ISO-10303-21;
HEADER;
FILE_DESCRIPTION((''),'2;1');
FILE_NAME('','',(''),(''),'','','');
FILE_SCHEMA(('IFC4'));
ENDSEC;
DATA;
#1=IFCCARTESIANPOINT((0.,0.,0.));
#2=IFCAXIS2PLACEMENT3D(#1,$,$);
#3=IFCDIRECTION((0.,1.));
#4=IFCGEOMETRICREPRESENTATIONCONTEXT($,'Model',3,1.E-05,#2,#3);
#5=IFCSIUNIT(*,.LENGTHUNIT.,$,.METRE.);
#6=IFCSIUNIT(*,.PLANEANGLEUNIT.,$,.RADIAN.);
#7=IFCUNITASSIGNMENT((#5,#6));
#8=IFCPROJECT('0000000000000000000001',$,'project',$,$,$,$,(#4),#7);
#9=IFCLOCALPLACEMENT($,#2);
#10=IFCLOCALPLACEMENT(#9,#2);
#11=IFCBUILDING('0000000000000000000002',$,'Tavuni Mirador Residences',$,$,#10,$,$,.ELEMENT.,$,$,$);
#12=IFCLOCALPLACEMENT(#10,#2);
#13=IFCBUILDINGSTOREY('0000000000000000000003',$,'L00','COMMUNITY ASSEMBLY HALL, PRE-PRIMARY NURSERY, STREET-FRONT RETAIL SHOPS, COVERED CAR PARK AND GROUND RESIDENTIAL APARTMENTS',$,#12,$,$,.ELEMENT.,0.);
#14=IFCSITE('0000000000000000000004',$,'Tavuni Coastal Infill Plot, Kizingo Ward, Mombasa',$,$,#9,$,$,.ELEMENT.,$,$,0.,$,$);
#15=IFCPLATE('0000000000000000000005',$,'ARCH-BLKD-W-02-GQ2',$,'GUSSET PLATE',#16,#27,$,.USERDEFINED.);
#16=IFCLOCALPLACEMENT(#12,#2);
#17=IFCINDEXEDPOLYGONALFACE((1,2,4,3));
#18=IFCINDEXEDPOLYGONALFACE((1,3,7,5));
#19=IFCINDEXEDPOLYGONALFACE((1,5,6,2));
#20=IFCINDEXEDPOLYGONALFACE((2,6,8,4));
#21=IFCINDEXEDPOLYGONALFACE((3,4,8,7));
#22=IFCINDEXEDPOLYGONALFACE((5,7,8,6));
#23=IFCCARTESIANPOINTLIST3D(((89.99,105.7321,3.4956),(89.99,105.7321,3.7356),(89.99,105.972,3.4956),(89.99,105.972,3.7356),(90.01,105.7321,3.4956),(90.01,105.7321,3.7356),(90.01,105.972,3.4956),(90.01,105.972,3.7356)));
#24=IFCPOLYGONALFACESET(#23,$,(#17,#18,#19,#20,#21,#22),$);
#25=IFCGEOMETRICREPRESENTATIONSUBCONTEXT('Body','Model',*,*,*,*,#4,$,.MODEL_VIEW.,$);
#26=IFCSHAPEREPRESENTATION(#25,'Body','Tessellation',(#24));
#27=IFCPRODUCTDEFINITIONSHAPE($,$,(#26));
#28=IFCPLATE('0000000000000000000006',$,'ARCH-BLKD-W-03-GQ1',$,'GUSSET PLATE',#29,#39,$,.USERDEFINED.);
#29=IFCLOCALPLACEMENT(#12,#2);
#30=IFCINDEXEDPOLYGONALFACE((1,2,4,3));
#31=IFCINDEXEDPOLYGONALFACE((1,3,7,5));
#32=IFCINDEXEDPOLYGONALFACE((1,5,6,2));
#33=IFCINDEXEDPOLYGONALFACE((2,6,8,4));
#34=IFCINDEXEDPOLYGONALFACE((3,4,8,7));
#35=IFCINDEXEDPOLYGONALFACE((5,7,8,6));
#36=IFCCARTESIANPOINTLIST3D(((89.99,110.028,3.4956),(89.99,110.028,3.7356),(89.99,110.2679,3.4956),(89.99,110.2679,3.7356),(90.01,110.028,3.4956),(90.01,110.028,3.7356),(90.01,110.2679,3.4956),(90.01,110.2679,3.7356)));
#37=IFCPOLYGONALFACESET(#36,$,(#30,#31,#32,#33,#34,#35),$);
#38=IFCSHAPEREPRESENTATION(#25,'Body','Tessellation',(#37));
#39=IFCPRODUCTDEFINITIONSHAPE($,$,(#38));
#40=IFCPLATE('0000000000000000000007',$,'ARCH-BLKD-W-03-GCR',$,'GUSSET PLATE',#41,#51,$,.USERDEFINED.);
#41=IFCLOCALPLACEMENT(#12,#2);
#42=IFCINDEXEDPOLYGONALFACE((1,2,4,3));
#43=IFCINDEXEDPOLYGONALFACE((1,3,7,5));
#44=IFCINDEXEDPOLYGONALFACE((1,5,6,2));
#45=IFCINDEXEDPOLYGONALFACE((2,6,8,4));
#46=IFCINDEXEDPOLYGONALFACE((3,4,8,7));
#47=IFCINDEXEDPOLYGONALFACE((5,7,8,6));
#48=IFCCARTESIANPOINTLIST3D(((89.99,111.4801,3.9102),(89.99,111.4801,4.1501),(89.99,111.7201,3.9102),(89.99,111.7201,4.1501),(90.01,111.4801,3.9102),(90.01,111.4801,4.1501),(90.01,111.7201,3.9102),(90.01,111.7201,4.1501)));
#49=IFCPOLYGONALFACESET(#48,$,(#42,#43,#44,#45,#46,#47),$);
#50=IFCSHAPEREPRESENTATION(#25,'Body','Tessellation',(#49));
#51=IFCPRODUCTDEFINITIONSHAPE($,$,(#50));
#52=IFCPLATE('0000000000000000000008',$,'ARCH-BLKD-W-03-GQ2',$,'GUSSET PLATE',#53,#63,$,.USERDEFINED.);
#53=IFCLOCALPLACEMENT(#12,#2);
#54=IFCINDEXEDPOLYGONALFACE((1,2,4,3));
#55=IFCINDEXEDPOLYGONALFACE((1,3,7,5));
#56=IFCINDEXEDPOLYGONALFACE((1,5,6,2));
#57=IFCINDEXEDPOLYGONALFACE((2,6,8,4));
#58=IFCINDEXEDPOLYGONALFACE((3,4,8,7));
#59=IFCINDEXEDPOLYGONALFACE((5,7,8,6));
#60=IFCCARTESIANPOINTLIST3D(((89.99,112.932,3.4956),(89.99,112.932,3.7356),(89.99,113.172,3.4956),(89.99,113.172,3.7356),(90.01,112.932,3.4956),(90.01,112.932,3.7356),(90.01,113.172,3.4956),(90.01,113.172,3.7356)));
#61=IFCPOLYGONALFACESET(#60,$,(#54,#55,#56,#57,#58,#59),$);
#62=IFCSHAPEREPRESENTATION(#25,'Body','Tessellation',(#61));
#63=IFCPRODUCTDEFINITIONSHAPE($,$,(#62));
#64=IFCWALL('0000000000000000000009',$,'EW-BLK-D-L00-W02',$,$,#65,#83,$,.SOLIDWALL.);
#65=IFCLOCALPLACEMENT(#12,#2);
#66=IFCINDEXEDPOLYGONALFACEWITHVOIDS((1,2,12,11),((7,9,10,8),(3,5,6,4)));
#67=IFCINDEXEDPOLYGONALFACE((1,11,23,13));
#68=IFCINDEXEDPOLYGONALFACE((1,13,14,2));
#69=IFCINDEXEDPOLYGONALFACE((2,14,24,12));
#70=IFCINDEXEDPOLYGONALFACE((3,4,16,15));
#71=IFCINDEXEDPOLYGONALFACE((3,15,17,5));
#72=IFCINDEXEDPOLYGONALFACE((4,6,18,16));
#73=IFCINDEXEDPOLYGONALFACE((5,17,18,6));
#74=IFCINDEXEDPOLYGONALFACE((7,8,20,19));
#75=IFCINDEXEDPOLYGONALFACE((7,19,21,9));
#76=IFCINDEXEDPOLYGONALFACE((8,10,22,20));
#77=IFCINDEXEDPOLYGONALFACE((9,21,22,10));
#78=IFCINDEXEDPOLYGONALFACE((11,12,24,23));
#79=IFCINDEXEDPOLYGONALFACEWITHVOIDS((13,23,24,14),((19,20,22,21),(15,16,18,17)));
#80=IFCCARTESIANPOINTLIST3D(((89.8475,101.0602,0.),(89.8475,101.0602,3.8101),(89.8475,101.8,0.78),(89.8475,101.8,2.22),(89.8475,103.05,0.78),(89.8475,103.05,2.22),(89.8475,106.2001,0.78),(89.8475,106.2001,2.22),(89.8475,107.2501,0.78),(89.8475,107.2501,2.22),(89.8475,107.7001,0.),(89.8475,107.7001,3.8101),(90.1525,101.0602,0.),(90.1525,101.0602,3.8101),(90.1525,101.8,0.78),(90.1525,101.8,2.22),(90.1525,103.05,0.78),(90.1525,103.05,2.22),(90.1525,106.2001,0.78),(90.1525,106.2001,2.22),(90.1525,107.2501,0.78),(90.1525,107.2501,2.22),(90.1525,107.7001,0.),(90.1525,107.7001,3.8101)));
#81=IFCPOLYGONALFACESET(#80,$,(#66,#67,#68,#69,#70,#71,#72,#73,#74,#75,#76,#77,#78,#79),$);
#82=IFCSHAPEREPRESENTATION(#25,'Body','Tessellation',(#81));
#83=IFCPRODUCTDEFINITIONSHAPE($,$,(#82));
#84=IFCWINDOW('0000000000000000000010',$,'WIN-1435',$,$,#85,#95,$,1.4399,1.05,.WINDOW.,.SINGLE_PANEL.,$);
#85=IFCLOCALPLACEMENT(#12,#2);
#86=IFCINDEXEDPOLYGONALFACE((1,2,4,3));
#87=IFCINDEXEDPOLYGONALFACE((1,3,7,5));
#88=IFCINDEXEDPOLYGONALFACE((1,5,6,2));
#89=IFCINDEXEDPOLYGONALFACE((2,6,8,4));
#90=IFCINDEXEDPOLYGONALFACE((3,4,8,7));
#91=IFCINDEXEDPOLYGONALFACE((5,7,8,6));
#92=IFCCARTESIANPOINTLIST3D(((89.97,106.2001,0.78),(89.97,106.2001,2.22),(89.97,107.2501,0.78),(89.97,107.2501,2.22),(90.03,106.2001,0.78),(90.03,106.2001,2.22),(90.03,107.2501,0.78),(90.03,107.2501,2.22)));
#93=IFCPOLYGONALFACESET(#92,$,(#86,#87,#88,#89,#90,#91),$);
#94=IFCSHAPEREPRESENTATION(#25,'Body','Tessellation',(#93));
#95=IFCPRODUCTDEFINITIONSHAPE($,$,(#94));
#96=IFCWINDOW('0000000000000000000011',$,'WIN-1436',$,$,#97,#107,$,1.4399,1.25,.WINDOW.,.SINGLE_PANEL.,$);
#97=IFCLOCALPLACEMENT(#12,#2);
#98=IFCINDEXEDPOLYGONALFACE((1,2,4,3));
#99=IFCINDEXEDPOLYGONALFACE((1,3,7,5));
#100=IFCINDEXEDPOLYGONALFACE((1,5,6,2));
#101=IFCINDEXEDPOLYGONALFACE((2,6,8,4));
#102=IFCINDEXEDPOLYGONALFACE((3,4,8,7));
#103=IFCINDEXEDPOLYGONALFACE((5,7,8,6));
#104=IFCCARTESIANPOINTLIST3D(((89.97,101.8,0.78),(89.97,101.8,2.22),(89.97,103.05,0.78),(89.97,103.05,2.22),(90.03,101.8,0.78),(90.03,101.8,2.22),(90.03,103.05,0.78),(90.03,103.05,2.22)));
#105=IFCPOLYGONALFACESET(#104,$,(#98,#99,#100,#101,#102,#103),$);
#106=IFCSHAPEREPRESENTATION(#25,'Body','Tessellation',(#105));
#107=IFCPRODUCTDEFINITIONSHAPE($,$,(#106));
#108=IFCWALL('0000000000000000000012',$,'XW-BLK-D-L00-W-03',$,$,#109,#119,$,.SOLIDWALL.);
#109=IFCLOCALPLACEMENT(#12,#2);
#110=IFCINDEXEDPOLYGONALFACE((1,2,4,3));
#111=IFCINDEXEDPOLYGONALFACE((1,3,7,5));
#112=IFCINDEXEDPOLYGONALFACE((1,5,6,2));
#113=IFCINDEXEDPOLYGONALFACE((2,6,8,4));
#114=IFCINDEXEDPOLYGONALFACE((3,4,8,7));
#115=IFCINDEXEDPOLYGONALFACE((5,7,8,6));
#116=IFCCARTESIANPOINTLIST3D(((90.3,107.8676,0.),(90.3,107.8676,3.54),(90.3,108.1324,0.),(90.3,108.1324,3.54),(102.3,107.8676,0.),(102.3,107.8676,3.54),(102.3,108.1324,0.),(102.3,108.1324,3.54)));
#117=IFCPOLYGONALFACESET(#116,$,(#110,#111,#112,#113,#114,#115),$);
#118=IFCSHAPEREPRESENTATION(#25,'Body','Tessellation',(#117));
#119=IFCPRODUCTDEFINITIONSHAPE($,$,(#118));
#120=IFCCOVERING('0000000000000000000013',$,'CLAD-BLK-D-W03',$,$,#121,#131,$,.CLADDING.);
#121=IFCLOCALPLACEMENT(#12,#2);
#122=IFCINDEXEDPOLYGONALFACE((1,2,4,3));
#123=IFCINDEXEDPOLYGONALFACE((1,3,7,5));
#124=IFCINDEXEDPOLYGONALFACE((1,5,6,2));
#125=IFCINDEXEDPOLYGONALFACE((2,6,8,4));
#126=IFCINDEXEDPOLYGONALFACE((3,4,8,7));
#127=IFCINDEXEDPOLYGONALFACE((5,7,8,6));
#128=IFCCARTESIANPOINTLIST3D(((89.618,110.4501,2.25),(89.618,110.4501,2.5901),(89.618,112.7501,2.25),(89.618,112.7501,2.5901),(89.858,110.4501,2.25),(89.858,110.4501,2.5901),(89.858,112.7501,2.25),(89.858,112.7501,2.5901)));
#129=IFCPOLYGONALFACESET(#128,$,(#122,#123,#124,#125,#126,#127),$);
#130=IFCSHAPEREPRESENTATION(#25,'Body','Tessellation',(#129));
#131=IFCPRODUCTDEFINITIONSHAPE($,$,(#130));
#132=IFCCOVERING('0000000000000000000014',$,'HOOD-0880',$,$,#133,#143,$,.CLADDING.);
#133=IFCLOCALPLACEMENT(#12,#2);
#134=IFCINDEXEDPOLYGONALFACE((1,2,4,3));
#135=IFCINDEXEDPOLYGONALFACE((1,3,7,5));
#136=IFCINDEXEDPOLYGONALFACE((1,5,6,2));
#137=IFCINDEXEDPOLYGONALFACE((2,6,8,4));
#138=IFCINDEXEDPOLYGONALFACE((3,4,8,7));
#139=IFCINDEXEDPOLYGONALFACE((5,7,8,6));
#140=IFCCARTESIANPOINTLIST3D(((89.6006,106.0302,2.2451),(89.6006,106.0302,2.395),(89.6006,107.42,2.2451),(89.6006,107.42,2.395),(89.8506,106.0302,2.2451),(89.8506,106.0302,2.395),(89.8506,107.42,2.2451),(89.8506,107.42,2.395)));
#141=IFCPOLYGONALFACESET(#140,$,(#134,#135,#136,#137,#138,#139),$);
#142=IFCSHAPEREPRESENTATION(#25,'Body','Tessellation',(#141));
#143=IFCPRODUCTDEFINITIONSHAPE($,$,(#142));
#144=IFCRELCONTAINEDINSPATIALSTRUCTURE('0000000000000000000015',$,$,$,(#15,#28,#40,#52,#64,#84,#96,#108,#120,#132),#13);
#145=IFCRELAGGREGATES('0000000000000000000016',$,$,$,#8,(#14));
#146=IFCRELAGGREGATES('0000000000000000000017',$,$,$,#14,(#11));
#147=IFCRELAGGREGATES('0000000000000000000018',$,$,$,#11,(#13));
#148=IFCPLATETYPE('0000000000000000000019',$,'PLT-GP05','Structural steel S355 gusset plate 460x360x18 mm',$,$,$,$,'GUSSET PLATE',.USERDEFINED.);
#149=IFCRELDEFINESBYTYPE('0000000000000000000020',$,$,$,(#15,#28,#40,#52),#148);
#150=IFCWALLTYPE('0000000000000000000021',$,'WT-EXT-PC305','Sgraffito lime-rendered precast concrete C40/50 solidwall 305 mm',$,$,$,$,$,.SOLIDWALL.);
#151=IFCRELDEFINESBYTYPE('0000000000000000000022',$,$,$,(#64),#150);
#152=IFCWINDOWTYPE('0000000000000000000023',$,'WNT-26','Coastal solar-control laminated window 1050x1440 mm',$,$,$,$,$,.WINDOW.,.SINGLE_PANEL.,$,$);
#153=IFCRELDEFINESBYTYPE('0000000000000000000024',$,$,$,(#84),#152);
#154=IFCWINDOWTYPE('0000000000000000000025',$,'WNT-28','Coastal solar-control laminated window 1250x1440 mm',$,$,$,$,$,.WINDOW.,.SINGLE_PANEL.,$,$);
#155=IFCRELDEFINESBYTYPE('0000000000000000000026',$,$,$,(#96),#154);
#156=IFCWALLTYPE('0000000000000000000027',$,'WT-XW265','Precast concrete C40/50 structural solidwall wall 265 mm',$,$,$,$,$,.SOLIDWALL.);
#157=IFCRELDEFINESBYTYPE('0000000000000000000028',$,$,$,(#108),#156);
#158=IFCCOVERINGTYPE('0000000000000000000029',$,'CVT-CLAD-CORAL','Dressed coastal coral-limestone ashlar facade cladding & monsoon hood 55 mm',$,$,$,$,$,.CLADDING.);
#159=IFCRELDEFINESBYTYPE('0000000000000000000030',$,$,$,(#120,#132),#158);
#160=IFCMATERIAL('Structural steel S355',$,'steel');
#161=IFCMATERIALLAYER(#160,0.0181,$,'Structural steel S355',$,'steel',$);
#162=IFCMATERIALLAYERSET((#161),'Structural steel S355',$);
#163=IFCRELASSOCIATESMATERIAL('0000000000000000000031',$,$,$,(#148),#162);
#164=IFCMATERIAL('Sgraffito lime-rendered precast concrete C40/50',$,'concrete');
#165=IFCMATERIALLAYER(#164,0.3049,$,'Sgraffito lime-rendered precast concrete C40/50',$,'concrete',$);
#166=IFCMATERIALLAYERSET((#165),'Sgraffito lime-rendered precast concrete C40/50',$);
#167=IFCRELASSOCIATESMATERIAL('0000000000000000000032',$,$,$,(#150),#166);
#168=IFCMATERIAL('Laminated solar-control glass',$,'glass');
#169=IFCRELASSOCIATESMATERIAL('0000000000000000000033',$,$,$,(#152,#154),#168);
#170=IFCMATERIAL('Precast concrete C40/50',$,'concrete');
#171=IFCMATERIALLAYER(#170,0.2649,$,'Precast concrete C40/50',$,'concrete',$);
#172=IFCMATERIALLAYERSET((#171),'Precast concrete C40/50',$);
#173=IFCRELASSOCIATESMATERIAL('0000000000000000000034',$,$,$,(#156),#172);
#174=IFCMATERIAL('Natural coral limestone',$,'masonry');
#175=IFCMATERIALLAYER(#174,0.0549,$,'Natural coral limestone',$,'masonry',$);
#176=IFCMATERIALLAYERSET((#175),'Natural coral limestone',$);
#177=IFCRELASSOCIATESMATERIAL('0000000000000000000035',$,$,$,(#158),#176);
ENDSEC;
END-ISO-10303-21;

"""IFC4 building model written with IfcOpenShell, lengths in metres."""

from ifc_helpers import new_model, si_unit, direction, frame, frame_2d, origin, origin_2d, place, context, subcontext, project, spatial, rectangle, extrude, material, layer, layer_set, type_object, element, fill, save


model = new_model("IFC4")

# Units and contexts
model_context = context("Model", 3, precision=1e-05, world=origin(), true_north=direction((0.0, 1.0)))
body_context = subcontext(model_context, "Body", "Model", "MODEL_VIEW")
ifc_project = project(units=[si_unit("LENGTHUNIT", "METRE"), si_unit("PLANEANGLEUNIT", "RADIAN")], contexts=[model_context])

# Site, building, storey
site_placement = place(None, origin())
site = spatial("IfcSite", under=ifc_project, at=site_placement, Name="Tavuni Coastal Infill Plot, Kizingo Ward, Mombasa", CompositionType="ELEMENT", RefElevation=0.0)
building_placement = place(site_placement, origin())
building = spatial("IfcBuilding", under=site, at=building_placement, Name="Tavuni Mirador Residences", CompositionType="ELEMENT")
storey_placement = place(building_placement, origin())
storey = spatial("IfcBuildingStorey", under=building, at=storey_placement, Name="L00", Description="COMMUNITY ASSEMBLY HALL, PRE-PRIMARY NURSERY, STREET-FRONT RETAIL SHOPS, COVERED CAR PARK AND GROUND RESIDENTIAL APARTMENTS", CompositionType="ELEMENT", Elevation=0.0)

# Shared definitions
ifc_material_1 = material(Name="Precast concrete C40/50", Category="concrete")

# Shared definitions
ifc_material_2 = material(Name="Structural steel S355", Category="steel")

# Plates
ifc_layer_1 = layer(ifc_material_2, 0.0181, Name="Structural steel S355", Category="steel")
ifc_layer_set_1 = layer_set([ifc_layer_1], Name="Structural steel S355")
plate_type = type_object("IfcPlateType", Name="PLT-GP05", Description="Structural steel S355 gusset plate 460x360x18 mm", ElementType="GUSSET PLATE", PredefinedType="USERDEFINED", material=ifc_layer_set_1)
for number, where, z_axis, x_axis, name in (
    (1, (90.0, 105.8521, 3.4956), (0.0, 0.0, 1.0), (1.0, 0.0, 0.0), "ARCH-BLKD-W-02-GQ2"),
    (2, (90.0, 110.1479, 3.4956), (0.0, 0.0, 1.0), (1.0, 0.0, 0.0), "ARCH-BLKD-W-03-GQ1"),
    (3, (90.0, 111.6001, 3.9102), (0.0, 0.0, 1.0), (1.0, 0.0, 0.0), "ARCH-BLKD-W-03-GCR"),
    (4, (90.0, 113.052, 3.4956), (0.0, 0.0, 1.0), (1.0, 0.0, 0.0), "ARCH-BLKD-W-03-GQ2"),
):
    element("IfcPlate", number, at=place(storey_placement, frame(where, z_axis=z_axis, x_axis=x_axis)), inside=storey, type_object=plate_type, Name=name, ObjectType="GUSSET PLATE", PredefinedType="USERDEFINED", context=body_context, shape_type="SweptSolid", body=[
        extrude(rectangle(XDim=0.02, YDim=0.24, at=origin_2d()), origin(), (0.0, 0.0, 1.0), 0.24),
    ])

# Wall, openings, windows
ifc_material_3 = material(Name="Sgraffito lime-rendered precast concrete C40/50", Category="concrete")
ifc_layer_2 = layer(ifc_material_3, 0.3049, Name="Sgraffito lime-rendered precast concrete C40/50", Category="concrete")
ifc_layer_set_2 = layer_set([ifc_layer_2], Name="Sgraffito lime-rendered precast concrete C40/50")
wall_type_1 = type_object("IfcWallType", Name="WT-EXT-PC305", Description="Sgraffito lime-rendered precast concrete C40/50 solidwall 305 mm", PredefinedType="SOLIDWALL", material=ifc_layer_set_2)
wall_1_placement = place(storey_placement, frame((90.0, 107.7, 0.0), z_axis=(0.0, 0.0, 1.0), x_axis=(0.0, -1.0, 0.0)))
wall_1 = element("IfcWall", 5, at=wall_1_placement, inside=storey, type_object=wall_type_1, Name="EW-BLK-D-L00-W02", PredefinedType="SOLIDWALL", context=body_context, shape_type="SweptSolid", body=[
    extrude(rectangle(XDim=6.6399, YDim=0.3049, at=frame_2d((3.3198, 0.0))), origin(), (0.0, 0.0, 1.0), 3.8101),
])
opening_1_placement = place(wall_1_placement, frame((0.45, 0.0, 0.78)))
opening_1 = element("IfcOpeningElement", 6, at=opening_1_placement, cuts=wall_1, PredefinedType="OPENING", context=body_context, shape_type="SweptSolid", body=[
    extrude(rectangle(XDim=1.05, YDim=1.4399, at=frame_2d((0.5249, 0.72))), frame((0.0, 0.1626, 0.0), z_axis=(0.0, -1.0, 0.0), x_axis=(1.0, 0.0, 0.0)), (0.0, 0.0, 1.0), 0.325),
])
opening_2_placement = place(wall_1_placement, frame((4.6499, 0.0, 0.78)))
opening_2 = element("IfcOpeningElement", 7, at=opening_2_placement, cuts=wall_1, PredefinedType="OPENING", context=body_context, shape_type="SweptSolid", body=[
    extrude(rectangle(XDim=1.25, YDim=1.4399, at=frame_2d((0.625, 0.72))), frame((0.0, 0.1626, 0.0), z_axis=(0.0, -1.0, 0.0), x_axis=(1.0, 0.0, 0.0)), (0.0, 0.0, 1.0), 0.325),
])
ifc_material_4 = material(Name="Laminated solar-control glass", Category="glass")
window_type_1 = type_object("IfcWindowType", Name="WNT-26", Description="Coastal solar-control laminated window 1050x1440 mm", PartitioningType="SINGLE_PANEL", PredefinedType="WINDOW", material=ifc_material_4)
window_1_placement = place(opening_1_placement, origin())
window_1 = element("IfcWindow", 8, at=window_1_placement, inside=storey, type_object=window_type_1, Name="WIN-1435", OverallHeight=1.4399, OverallWidth=1.05, PartitioningType="SINGLE_PANEL", PredefinedType="WINDOW", context=body_context, shape_type="SweptSolid", body=[
    extrude(rectangle(XDim=1.05, YDim=1.4399, at=frame_2d((0.5249, 0.72))), frame((0.0, 0.03, 0.0), z_axis=(0.0, -1.0, 0.0), x_axis=(1.0, 0.0, 0.0)), (0.0, 0.0, 1.0), 0.0601),
])
fill(opening_1, window_1)
window_type_2 = type_object("IfcWindowType", Name="WNT-28", Description="Coastal solar-control laminated window 1250x1440 mm", PartitioningType="SINGLE_PANEL", PredefinedType="WINDOW", material=ifc_material_4)
window_2_placement = place(opening_2_placement, origin())
window_2 = element("IfcWindow", 9, at=window_2_placement, inside=storey, type_object=window_type_2, Name="WIN-1436", OverallHeight=1.4399, OverallWidth=1.25, PartitioningType="SINGLE_PANEL", PredefinedType="WINDOW", context=body_context, shape_type="SweptSolid", body=[
    extrude(rectangle(XDim=1.25, YDim=1.4399, at=frame_2d((0.625, 0.72))), frame((0.0, 0.03, 0.0), z_axis=(0.0, -1.0, 0.0), x_axis=(1.0, 0.0, 0.0)), (0.0, 0.0, 1.0), 0.0601),
])
fill(opening_2, window_2)

# Wall
ifc_layer_3 = layer(ifc_material_1, 0.2649, Name="Precast concrete C40/50", Category="concrete")
ifc_layer_set_3 = layer_set([ifc_layer_3], Name="Precast concrete C40/50")
wall_type_2 = type_object("IfcWallType", Name="WT-XW265", Description="Precast concrete C40/50 structural solidwall wall 265 mm", PredefinedType="SOLIDWALL", material=ifc_layer_set_3)
wall_2_placement = place(storey_placement, frame((90.3, 108.0, 0.0), z_axis=(0.0, 0.0, 1.0), x_axis=(1.0, 0.0, 0.0)))
element("IfcWall", 10, at=wall_2_placement, inside=storey, type_object=wall_type_2, Name="XW-BLK-D-L00-W-03", PredefinedType="SOLIDWALL", context=body_context, shape_type="SweptSolid", body=[
    extrude(rectangle(XDim=12.0, YDim=0.2649, at=frame_2d((6.0, 0.0))), origin(), (0.0, 0.0, 1.0), 3.54),
])

# Coverings
ifc_material_5 = material(Name="Natural coral limestone", Category="masonry")
ifc_layer_4 = layer(ifc_material_5, 0.0549, Name="Natural coral limestone", Category="masonry")
ifc_layer_set_4 = layer_set([ifc_layer_4], Name="Natural coral limestone")
covering_type = type_object("IfcCoveringType", Name="CVT-CLAD-CORAL", Description="Dressed coastal coral-limestone ashlar facade cladding & monsoon hood 55 mm", PredefinedType="CLADDING", material=ifc_layer_set_4)
covering_1_placement = place(storey_placement, frame((89.738, 111.6001, 2.25), z_axis=(0.0, 0.0, 1.0), x_axis=(0.0, -1.0, 0.0)))
element("IfcCovering", 11, at=covering_1_placement, inside=storey, type_object=covering_type, Name="CLAD-BLK-D-W03", PredefinedType="CLADDING", context=body_context, shape_type="SweptSolid", body=[
    extrude(rectangle(XDim=2.3, YDim=0.24, at=origin_2d()), origin(), (0.0, 0.0, 1.0), 0.3401),
])
covering_2_placement = place(storey_placement, frame((89.7256, 106.7251, 2.2451), z_axis=(0.0, 0.0, 1.0), x_axis=(0.0, -1.0, 0.0)))
element("IfcCovering", 12, at=covering_2_placement, inside=storey, type_object=covering_type, Name="HOOD-0880", PredefinedType="CLADDING", context=body_context, shape_type="SweptSolid", body=[
    extrude(rectangle(XDim=1.3899, YDim=0.25, at=origin_2d()), origin(), (0.0, 0.0, 1.0), 0.1499),
])

save(model, "model.ifc")
